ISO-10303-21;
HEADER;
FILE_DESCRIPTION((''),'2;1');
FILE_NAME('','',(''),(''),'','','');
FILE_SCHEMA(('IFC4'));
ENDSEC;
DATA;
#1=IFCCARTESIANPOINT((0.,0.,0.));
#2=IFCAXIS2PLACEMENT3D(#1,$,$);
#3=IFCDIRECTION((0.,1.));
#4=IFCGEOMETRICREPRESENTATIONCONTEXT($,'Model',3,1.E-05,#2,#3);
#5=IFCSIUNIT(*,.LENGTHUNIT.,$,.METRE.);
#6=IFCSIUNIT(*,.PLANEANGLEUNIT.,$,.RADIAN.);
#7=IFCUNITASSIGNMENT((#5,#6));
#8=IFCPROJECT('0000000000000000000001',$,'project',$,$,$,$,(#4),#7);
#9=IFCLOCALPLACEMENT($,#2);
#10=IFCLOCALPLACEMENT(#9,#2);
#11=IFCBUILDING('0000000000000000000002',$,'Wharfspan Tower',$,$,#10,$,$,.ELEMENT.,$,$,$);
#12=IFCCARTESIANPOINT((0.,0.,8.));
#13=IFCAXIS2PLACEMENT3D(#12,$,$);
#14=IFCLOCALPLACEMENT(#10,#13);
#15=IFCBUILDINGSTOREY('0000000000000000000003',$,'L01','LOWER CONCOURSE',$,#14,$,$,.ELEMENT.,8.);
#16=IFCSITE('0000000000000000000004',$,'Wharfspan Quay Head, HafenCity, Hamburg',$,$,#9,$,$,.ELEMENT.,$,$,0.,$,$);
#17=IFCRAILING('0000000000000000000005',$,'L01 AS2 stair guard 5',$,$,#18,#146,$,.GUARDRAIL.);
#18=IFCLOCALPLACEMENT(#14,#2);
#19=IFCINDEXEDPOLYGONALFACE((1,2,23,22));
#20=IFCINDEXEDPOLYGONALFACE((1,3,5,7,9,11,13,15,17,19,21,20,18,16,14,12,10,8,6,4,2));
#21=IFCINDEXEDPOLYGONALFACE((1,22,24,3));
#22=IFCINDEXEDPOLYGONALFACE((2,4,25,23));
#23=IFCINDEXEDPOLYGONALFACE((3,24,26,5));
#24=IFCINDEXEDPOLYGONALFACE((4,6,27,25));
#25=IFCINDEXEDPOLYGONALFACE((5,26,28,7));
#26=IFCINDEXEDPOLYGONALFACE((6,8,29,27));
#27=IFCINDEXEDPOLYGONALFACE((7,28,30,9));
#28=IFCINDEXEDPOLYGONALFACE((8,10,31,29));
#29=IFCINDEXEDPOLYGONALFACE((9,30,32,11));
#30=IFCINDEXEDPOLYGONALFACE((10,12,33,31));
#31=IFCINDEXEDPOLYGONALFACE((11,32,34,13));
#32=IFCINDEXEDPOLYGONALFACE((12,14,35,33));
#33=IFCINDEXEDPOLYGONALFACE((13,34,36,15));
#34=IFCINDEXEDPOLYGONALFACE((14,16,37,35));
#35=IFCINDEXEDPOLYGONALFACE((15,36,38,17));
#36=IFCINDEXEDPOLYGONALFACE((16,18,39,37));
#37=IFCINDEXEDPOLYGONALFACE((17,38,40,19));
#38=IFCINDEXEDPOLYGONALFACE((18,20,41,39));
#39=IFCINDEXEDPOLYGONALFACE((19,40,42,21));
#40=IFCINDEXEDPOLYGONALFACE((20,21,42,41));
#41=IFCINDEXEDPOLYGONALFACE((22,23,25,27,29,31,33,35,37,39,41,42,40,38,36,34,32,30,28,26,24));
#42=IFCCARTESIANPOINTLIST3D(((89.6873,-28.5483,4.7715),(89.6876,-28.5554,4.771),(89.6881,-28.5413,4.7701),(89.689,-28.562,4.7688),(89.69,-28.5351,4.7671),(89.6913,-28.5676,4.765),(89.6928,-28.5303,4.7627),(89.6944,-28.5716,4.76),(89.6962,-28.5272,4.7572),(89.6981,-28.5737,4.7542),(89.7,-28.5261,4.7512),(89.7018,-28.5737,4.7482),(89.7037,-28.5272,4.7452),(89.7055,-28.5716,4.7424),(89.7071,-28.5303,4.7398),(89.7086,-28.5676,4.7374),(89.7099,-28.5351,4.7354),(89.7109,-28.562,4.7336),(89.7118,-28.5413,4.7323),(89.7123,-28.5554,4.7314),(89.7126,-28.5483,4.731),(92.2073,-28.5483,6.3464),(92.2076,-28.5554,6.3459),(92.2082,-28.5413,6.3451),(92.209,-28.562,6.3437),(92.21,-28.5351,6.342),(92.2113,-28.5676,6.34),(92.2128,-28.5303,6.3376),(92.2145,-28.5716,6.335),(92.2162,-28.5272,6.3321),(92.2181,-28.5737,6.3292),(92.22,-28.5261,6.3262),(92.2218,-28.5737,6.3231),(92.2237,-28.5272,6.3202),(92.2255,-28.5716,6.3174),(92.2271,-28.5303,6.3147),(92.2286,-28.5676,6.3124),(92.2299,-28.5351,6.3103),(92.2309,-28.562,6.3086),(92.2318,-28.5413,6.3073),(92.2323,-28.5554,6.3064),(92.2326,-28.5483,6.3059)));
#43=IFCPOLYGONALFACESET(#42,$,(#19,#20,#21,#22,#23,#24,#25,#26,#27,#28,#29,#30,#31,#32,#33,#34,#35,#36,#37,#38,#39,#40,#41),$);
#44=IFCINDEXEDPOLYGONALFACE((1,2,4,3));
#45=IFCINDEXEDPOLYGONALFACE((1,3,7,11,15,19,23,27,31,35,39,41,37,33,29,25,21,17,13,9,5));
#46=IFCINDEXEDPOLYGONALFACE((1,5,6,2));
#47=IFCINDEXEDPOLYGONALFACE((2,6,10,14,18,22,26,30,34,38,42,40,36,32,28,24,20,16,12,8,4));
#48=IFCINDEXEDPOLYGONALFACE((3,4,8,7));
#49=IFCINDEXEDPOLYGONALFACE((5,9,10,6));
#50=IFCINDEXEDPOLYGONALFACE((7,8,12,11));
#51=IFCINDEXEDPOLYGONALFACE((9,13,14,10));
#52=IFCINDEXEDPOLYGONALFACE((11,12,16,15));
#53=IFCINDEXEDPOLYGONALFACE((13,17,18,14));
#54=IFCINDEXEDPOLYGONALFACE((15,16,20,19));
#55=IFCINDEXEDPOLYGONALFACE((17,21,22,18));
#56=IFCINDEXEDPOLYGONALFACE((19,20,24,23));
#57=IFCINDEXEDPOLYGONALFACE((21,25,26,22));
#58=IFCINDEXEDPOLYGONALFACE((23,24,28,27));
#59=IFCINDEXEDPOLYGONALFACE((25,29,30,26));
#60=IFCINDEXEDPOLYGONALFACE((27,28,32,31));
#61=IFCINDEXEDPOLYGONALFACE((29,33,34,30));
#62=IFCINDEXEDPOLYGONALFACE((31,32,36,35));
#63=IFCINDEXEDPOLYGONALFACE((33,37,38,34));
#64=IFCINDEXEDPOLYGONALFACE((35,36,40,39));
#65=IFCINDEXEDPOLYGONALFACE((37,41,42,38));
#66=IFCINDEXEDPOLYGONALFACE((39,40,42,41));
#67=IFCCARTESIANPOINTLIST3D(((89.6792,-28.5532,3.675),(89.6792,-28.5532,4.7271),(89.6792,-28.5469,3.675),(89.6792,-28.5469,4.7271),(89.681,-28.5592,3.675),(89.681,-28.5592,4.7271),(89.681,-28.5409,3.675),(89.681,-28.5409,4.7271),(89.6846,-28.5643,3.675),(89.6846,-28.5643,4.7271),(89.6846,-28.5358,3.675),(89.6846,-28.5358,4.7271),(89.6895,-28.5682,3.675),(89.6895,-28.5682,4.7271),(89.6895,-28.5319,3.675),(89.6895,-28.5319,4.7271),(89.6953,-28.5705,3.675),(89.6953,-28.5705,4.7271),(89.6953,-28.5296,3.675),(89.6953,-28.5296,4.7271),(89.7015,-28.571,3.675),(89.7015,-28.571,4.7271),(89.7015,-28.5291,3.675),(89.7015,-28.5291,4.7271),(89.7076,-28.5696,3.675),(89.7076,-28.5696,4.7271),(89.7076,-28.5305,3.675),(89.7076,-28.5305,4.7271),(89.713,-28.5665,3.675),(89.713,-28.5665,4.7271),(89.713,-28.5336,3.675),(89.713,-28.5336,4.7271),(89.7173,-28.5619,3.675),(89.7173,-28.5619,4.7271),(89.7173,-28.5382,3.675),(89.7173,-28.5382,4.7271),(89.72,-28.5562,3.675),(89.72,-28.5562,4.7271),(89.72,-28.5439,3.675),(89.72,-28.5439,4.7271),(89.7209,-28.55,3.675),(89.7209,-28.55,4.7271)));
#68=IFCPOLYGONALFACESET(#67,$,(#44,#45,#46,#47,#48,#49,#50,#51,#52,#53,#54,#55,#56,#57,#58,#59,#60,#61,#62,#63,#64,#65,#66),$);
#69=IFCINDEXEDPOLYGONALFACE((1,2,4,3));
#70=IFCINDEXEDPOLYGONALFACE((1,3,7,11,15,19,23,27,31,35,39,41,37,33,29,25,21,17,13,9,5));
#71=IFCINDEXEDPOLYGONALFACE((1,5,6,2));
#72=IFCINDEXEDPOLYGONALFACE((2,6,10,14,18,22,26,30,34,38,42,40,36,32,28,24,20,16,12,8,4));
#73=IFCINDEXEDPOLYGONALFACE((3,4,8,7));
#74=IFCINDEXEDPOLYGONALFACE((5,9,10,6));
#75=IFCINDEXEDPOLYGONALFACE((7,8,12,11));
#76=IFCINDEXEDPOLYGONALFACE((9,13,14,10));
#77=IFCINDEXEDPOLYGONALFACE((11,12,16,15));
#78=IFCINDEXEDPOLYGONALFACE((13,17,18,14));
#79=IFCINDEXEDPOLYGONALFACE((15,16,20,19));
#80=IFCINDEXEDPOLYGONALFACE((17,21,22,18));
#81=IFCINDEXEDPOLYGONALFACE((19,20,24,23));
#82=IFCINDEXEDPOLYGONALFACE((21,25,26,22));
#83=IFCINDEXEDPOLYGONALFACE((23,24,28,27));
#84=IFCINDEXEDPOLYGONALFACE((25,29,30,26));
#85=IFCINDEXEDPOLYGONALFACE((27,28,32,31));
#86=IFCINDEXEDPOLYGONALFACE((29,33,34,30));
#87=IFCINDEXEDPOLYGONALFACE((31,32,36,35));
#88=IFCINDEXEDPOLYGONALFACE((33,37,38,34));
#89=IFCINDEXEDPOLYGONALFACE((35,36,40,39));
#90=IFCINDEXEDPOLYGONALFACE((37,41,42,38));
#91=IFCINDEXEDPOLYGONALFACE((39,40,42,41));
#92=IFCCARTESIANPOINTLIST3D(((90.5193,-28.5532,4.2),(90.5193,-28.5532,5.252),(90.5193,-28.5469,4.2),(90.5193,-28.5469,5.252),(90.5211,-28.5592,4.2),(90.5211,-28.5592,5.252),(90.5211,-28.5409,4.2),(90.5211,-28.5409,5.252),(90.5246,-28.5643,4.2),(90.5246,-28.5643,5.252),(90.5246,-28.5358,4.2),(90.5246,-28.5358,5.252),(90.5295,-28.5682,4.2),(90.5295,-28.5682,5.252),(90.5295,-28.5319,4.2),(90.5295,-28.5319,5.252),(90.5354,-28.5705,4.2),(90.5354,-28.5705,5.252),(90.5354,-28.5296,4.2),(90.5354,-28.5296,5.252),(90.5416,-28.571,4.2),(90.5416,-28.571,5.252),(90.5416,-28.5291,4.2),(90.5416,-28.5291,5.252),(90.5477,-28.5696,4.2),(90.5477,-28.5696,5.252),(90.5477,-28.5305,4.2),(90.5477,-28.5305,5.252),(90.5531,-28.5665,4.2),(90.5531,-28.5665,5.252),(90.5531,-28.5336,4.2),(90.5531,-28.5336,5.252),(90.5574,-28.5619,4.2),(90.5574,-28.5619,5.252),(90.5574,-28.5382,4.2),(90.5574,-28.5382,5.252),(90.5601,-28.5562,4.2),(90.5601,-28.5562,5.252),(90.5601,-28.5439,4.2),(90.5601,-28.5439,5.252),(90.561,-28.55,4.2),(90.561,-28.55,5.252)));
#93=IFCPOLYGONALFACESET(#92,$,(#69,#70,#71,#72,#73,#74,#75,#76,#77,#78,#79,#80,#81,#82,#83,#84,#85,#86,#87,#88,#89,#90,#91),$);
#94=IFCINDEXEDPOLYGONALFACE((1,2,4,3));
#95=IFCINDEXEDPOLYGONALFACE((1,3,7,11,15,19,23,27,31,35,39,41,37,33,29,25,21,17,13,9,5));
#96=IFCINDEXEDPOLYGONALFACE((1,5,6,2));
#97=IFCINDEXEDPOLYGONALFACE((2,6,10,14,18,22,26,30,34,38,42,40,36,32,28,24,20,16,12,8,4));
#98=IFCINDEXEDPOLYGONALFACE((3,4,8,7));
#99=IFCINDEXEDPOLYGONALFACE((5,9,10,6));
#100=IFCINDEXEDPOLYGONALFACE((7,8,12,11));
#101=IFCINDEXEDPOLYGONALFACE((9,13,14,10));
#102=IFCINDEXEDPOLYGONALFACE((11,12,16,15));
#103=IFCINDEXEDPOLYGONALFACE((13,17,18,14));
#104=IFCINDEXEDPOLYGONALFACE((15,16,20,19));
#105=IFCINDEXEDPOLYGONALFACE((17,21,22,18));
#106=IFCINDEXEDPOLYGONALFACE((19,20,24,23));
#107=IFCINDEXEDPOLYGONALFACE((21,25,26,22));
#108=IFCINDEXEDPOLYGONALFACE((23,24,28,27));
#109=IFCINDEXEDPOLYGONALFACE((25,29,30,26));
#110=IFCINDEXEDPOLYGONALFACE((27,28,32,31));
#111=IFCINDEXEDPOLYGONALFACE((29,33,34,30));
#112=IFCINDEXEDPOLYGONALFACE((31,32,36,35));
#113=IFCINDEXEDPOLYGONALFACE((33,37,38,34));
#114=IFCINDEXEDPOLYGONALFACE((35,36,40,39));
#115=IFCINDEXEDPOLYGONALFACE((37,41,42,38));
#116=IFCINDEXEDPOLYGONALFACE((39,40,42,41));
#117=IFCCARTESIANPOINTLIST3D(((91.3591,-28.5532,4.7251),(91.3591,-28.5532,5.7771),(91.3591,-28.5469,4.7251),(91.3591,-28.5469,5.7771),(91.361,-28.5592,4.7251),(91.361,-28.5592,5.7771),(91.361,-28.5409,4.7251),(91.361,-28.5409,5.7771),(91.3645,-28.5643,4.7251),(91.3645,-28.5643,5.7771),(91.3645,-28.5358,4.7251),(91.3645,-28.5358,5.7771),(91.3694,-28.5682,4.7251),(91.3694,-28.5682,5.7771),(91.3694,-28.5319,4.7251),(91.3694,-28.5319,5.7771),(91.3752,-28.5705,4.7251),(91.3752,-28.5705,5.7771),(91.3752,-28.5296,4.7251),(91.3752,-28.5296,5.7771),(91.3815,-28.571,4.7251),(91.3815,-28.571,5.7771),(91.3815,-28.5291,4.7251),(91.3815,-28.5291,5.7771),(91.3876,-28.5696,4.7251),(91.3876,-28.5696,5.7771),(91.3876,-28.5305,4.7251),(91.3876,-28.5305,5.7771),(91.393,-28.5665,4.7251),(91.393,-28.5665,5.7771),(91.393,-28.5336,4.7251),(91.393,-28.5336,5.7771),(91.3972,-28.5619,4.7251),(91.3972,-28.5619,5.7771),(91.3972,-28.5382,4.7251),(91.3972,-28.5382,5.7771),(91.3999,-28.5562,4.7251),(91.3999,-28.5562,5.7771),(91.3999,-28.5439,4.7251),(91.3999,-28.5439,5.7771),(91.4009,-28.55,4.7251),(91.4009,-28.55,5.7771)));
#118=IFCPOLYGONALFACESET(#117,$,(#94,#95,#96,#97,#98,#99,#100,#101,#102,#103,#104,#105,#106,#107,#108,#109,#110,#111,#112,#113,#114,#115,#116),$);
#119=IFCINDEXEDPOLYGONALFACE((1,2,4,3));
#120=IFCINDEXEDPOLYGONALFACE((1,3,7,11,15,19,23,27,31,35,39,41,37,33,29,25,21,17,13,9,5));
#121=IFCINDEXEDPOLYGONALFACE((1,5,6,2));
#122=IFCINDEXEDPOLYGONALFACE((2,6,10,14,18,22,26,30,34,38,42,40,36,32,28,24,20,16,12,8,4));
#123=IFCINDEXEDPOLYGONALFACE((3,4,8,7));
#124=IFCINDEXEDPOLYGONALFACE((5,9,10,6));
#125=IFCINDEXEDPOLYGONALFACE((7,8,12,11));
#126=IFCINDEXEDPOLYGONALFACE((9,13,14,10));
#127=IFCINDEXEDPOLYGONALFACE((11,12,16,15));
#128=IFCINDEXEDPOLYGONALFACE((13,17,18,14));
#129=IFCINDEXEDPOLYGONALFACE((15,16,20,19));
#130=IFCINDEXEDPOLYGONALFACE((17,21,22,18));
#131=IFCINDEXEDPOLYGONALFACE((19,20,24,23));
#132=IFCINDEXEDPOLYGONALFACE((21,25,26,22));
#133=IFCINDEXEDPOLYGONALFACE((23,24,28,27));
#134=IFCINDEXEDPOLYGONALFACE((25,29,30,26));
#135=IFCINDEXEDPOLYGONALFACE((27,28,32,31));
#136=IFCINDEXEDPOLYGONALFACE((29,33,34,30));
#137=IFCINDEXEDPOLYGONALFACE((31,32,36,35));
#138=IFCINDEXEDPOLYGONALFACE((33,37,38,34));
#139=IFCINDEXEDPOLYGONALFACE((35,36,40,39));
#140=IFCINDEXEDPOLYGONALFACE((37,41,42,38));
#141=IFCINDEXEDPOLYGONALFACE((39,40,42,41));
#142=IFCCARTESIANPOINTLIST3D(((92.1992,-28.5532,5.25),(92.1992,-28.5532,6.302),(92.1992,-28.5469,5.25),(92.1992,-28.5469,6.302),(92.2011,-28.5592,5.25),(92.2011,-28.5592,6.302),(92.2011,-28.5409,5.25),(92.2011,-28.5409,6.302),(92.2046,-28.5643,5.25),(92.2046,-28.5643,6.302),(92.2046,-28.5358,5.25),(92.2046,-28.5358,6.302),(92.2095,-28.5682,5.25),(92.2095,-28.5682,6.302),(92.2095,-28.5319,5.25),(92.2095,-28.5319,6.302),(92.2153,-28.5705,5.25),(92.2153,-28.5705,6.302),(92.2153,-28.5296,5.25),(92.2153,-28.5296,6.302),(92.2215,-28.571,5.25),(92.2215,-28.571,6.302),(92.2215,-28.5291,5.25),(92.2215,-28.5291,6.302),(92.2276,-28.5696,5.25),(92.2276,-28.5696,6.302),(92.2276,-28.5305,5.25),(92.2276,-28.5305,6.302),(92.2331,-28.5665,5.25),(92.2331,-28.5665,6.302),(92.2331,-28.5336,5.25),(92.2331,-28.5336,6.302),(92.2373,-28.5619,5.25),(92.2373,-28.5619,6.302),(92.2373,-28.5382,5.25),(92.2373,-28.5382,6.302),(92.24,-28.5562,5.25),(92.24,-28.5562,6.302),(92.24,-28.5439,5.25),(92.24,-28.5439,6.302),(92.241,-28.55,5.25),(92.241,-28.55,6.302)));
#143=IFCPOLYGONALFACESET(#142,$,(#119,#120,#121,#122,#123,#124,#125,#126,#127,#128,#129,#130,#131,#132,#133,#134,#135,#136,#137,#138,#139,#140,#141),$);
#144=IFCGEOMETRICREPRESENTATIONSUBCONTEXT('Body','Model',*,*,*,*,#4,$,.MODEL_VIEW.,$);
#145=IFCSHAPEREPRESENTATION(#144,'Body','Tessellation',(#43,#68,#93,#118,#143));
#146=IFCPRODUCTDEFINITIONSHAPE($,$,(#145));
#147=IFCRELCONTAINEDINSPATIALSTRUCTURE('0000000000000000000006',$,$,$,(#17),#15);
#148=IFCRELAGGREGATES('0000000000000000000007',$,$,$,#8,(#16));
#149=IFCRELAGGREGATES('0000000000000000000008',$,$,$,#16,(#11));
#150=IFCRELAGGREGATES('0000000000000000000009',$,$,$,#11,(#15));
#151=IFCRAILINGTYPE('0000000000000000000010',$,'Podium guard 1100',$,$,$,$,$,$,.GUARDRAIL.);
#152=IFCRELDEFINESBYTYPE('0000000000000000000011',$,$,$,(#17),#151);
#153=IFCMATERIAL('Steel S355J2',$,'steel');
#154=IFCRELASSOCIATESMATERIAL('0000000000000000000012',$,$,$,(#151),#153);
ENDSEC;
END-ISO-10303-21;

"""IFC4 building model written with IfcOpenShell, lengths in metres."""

from ifc_helpers import new_model, si_unit, direction, frame, origin, origin_2d, place, context, subcontext, project, spatial, circle, extrude, material, type_object, element, save


model = new_model("IFC4")

# Units and contexts
model_context = context("Model", 3, precision=1e-05, world=origin(), true_north=direction((0.0, 1.0)))
body_context = subcontext(model_context, "Body", "Model", "MODEL_VIEW")
ifc_project = project(units=[si_unit("LENGTHUNIT", "METRE"), si_unit("PLANEANGLEUNIT", "RADIAN")], contexts=[model_context])

# Site, building, storey
site_placement = place(None, origin())
site = spatial("IfcSite", under=ifc_project, at=site_placement, Name="Wharfspan Quay Head, HafenCity, Hamburg", CompositionType="ELEMENT", RefElevation=0.0)
building_placement = place(site_placement, origin())
building = spatial("IfcBuilding", under=site, at=building_placement, Name="Wharfspan Tower", CompositionType="ELEMENT")
storey_placement = place(building_placement, frame((0.0, 0.0, 8.0)))
storey = spatial("IfcBuildingStorey", under=building, at=storey_placement, Name="L01", Description="LOWER CONCOURSE", CompositionType="ELEMENT", Elevation=8.0)

# Railing
ifc_material_1 = material(Name="Steel S355J2", Category="steel")
railing_type_1 = type_object("IfcRailingType", Name="Podium guard 1100", PredefinedType="GUARDRAIL", material=ifc_material_1)
railing_1_placement = place(storey_placement, frame((89.7, -28.55, 3.675)))
element("IfcRailing", 1, at=railing_1_placement, inside=storey, type_object=railing_type_1, Name="L01 AS2 stair guard 5", PredefinedType="GUARDRAIL", context=body_context, shape_type="SweptSolid", body=[
    extrude(circle(Radius=0.0239, at=origin_2d()), frame((0.0, 0.0, 1.0762), z_axis=(0.848008, 0.0, 0.529984), x_axis=(0.0, 1.0, 0.0)), (0.0, 0.0, 1.0), 2.9717),
    extrude(circle(Radius=0.021, at=origin_2d()), origin(), (0.0, 0.0, 1.0), 1.052),
    extrude(circle(Radius=0.021, at=origin_2d()), frame((0.8401, 0.0, 0.5249)), (0.0, 0.0, 1.0), 1.052),
    extrude(circle(Radius=0.021, at=origin_2d()), frame((1.6799, 0.0, 1.05)), (0.0, 0.0, 1.0), 1.052),
    extrude(circle(Radius=0.021, at=origin_2d()), frame((2.52, 0.0, 1.575)), (0.0, 0.0, 1.0), 1.052),
])

save(model, "model.ifc")
